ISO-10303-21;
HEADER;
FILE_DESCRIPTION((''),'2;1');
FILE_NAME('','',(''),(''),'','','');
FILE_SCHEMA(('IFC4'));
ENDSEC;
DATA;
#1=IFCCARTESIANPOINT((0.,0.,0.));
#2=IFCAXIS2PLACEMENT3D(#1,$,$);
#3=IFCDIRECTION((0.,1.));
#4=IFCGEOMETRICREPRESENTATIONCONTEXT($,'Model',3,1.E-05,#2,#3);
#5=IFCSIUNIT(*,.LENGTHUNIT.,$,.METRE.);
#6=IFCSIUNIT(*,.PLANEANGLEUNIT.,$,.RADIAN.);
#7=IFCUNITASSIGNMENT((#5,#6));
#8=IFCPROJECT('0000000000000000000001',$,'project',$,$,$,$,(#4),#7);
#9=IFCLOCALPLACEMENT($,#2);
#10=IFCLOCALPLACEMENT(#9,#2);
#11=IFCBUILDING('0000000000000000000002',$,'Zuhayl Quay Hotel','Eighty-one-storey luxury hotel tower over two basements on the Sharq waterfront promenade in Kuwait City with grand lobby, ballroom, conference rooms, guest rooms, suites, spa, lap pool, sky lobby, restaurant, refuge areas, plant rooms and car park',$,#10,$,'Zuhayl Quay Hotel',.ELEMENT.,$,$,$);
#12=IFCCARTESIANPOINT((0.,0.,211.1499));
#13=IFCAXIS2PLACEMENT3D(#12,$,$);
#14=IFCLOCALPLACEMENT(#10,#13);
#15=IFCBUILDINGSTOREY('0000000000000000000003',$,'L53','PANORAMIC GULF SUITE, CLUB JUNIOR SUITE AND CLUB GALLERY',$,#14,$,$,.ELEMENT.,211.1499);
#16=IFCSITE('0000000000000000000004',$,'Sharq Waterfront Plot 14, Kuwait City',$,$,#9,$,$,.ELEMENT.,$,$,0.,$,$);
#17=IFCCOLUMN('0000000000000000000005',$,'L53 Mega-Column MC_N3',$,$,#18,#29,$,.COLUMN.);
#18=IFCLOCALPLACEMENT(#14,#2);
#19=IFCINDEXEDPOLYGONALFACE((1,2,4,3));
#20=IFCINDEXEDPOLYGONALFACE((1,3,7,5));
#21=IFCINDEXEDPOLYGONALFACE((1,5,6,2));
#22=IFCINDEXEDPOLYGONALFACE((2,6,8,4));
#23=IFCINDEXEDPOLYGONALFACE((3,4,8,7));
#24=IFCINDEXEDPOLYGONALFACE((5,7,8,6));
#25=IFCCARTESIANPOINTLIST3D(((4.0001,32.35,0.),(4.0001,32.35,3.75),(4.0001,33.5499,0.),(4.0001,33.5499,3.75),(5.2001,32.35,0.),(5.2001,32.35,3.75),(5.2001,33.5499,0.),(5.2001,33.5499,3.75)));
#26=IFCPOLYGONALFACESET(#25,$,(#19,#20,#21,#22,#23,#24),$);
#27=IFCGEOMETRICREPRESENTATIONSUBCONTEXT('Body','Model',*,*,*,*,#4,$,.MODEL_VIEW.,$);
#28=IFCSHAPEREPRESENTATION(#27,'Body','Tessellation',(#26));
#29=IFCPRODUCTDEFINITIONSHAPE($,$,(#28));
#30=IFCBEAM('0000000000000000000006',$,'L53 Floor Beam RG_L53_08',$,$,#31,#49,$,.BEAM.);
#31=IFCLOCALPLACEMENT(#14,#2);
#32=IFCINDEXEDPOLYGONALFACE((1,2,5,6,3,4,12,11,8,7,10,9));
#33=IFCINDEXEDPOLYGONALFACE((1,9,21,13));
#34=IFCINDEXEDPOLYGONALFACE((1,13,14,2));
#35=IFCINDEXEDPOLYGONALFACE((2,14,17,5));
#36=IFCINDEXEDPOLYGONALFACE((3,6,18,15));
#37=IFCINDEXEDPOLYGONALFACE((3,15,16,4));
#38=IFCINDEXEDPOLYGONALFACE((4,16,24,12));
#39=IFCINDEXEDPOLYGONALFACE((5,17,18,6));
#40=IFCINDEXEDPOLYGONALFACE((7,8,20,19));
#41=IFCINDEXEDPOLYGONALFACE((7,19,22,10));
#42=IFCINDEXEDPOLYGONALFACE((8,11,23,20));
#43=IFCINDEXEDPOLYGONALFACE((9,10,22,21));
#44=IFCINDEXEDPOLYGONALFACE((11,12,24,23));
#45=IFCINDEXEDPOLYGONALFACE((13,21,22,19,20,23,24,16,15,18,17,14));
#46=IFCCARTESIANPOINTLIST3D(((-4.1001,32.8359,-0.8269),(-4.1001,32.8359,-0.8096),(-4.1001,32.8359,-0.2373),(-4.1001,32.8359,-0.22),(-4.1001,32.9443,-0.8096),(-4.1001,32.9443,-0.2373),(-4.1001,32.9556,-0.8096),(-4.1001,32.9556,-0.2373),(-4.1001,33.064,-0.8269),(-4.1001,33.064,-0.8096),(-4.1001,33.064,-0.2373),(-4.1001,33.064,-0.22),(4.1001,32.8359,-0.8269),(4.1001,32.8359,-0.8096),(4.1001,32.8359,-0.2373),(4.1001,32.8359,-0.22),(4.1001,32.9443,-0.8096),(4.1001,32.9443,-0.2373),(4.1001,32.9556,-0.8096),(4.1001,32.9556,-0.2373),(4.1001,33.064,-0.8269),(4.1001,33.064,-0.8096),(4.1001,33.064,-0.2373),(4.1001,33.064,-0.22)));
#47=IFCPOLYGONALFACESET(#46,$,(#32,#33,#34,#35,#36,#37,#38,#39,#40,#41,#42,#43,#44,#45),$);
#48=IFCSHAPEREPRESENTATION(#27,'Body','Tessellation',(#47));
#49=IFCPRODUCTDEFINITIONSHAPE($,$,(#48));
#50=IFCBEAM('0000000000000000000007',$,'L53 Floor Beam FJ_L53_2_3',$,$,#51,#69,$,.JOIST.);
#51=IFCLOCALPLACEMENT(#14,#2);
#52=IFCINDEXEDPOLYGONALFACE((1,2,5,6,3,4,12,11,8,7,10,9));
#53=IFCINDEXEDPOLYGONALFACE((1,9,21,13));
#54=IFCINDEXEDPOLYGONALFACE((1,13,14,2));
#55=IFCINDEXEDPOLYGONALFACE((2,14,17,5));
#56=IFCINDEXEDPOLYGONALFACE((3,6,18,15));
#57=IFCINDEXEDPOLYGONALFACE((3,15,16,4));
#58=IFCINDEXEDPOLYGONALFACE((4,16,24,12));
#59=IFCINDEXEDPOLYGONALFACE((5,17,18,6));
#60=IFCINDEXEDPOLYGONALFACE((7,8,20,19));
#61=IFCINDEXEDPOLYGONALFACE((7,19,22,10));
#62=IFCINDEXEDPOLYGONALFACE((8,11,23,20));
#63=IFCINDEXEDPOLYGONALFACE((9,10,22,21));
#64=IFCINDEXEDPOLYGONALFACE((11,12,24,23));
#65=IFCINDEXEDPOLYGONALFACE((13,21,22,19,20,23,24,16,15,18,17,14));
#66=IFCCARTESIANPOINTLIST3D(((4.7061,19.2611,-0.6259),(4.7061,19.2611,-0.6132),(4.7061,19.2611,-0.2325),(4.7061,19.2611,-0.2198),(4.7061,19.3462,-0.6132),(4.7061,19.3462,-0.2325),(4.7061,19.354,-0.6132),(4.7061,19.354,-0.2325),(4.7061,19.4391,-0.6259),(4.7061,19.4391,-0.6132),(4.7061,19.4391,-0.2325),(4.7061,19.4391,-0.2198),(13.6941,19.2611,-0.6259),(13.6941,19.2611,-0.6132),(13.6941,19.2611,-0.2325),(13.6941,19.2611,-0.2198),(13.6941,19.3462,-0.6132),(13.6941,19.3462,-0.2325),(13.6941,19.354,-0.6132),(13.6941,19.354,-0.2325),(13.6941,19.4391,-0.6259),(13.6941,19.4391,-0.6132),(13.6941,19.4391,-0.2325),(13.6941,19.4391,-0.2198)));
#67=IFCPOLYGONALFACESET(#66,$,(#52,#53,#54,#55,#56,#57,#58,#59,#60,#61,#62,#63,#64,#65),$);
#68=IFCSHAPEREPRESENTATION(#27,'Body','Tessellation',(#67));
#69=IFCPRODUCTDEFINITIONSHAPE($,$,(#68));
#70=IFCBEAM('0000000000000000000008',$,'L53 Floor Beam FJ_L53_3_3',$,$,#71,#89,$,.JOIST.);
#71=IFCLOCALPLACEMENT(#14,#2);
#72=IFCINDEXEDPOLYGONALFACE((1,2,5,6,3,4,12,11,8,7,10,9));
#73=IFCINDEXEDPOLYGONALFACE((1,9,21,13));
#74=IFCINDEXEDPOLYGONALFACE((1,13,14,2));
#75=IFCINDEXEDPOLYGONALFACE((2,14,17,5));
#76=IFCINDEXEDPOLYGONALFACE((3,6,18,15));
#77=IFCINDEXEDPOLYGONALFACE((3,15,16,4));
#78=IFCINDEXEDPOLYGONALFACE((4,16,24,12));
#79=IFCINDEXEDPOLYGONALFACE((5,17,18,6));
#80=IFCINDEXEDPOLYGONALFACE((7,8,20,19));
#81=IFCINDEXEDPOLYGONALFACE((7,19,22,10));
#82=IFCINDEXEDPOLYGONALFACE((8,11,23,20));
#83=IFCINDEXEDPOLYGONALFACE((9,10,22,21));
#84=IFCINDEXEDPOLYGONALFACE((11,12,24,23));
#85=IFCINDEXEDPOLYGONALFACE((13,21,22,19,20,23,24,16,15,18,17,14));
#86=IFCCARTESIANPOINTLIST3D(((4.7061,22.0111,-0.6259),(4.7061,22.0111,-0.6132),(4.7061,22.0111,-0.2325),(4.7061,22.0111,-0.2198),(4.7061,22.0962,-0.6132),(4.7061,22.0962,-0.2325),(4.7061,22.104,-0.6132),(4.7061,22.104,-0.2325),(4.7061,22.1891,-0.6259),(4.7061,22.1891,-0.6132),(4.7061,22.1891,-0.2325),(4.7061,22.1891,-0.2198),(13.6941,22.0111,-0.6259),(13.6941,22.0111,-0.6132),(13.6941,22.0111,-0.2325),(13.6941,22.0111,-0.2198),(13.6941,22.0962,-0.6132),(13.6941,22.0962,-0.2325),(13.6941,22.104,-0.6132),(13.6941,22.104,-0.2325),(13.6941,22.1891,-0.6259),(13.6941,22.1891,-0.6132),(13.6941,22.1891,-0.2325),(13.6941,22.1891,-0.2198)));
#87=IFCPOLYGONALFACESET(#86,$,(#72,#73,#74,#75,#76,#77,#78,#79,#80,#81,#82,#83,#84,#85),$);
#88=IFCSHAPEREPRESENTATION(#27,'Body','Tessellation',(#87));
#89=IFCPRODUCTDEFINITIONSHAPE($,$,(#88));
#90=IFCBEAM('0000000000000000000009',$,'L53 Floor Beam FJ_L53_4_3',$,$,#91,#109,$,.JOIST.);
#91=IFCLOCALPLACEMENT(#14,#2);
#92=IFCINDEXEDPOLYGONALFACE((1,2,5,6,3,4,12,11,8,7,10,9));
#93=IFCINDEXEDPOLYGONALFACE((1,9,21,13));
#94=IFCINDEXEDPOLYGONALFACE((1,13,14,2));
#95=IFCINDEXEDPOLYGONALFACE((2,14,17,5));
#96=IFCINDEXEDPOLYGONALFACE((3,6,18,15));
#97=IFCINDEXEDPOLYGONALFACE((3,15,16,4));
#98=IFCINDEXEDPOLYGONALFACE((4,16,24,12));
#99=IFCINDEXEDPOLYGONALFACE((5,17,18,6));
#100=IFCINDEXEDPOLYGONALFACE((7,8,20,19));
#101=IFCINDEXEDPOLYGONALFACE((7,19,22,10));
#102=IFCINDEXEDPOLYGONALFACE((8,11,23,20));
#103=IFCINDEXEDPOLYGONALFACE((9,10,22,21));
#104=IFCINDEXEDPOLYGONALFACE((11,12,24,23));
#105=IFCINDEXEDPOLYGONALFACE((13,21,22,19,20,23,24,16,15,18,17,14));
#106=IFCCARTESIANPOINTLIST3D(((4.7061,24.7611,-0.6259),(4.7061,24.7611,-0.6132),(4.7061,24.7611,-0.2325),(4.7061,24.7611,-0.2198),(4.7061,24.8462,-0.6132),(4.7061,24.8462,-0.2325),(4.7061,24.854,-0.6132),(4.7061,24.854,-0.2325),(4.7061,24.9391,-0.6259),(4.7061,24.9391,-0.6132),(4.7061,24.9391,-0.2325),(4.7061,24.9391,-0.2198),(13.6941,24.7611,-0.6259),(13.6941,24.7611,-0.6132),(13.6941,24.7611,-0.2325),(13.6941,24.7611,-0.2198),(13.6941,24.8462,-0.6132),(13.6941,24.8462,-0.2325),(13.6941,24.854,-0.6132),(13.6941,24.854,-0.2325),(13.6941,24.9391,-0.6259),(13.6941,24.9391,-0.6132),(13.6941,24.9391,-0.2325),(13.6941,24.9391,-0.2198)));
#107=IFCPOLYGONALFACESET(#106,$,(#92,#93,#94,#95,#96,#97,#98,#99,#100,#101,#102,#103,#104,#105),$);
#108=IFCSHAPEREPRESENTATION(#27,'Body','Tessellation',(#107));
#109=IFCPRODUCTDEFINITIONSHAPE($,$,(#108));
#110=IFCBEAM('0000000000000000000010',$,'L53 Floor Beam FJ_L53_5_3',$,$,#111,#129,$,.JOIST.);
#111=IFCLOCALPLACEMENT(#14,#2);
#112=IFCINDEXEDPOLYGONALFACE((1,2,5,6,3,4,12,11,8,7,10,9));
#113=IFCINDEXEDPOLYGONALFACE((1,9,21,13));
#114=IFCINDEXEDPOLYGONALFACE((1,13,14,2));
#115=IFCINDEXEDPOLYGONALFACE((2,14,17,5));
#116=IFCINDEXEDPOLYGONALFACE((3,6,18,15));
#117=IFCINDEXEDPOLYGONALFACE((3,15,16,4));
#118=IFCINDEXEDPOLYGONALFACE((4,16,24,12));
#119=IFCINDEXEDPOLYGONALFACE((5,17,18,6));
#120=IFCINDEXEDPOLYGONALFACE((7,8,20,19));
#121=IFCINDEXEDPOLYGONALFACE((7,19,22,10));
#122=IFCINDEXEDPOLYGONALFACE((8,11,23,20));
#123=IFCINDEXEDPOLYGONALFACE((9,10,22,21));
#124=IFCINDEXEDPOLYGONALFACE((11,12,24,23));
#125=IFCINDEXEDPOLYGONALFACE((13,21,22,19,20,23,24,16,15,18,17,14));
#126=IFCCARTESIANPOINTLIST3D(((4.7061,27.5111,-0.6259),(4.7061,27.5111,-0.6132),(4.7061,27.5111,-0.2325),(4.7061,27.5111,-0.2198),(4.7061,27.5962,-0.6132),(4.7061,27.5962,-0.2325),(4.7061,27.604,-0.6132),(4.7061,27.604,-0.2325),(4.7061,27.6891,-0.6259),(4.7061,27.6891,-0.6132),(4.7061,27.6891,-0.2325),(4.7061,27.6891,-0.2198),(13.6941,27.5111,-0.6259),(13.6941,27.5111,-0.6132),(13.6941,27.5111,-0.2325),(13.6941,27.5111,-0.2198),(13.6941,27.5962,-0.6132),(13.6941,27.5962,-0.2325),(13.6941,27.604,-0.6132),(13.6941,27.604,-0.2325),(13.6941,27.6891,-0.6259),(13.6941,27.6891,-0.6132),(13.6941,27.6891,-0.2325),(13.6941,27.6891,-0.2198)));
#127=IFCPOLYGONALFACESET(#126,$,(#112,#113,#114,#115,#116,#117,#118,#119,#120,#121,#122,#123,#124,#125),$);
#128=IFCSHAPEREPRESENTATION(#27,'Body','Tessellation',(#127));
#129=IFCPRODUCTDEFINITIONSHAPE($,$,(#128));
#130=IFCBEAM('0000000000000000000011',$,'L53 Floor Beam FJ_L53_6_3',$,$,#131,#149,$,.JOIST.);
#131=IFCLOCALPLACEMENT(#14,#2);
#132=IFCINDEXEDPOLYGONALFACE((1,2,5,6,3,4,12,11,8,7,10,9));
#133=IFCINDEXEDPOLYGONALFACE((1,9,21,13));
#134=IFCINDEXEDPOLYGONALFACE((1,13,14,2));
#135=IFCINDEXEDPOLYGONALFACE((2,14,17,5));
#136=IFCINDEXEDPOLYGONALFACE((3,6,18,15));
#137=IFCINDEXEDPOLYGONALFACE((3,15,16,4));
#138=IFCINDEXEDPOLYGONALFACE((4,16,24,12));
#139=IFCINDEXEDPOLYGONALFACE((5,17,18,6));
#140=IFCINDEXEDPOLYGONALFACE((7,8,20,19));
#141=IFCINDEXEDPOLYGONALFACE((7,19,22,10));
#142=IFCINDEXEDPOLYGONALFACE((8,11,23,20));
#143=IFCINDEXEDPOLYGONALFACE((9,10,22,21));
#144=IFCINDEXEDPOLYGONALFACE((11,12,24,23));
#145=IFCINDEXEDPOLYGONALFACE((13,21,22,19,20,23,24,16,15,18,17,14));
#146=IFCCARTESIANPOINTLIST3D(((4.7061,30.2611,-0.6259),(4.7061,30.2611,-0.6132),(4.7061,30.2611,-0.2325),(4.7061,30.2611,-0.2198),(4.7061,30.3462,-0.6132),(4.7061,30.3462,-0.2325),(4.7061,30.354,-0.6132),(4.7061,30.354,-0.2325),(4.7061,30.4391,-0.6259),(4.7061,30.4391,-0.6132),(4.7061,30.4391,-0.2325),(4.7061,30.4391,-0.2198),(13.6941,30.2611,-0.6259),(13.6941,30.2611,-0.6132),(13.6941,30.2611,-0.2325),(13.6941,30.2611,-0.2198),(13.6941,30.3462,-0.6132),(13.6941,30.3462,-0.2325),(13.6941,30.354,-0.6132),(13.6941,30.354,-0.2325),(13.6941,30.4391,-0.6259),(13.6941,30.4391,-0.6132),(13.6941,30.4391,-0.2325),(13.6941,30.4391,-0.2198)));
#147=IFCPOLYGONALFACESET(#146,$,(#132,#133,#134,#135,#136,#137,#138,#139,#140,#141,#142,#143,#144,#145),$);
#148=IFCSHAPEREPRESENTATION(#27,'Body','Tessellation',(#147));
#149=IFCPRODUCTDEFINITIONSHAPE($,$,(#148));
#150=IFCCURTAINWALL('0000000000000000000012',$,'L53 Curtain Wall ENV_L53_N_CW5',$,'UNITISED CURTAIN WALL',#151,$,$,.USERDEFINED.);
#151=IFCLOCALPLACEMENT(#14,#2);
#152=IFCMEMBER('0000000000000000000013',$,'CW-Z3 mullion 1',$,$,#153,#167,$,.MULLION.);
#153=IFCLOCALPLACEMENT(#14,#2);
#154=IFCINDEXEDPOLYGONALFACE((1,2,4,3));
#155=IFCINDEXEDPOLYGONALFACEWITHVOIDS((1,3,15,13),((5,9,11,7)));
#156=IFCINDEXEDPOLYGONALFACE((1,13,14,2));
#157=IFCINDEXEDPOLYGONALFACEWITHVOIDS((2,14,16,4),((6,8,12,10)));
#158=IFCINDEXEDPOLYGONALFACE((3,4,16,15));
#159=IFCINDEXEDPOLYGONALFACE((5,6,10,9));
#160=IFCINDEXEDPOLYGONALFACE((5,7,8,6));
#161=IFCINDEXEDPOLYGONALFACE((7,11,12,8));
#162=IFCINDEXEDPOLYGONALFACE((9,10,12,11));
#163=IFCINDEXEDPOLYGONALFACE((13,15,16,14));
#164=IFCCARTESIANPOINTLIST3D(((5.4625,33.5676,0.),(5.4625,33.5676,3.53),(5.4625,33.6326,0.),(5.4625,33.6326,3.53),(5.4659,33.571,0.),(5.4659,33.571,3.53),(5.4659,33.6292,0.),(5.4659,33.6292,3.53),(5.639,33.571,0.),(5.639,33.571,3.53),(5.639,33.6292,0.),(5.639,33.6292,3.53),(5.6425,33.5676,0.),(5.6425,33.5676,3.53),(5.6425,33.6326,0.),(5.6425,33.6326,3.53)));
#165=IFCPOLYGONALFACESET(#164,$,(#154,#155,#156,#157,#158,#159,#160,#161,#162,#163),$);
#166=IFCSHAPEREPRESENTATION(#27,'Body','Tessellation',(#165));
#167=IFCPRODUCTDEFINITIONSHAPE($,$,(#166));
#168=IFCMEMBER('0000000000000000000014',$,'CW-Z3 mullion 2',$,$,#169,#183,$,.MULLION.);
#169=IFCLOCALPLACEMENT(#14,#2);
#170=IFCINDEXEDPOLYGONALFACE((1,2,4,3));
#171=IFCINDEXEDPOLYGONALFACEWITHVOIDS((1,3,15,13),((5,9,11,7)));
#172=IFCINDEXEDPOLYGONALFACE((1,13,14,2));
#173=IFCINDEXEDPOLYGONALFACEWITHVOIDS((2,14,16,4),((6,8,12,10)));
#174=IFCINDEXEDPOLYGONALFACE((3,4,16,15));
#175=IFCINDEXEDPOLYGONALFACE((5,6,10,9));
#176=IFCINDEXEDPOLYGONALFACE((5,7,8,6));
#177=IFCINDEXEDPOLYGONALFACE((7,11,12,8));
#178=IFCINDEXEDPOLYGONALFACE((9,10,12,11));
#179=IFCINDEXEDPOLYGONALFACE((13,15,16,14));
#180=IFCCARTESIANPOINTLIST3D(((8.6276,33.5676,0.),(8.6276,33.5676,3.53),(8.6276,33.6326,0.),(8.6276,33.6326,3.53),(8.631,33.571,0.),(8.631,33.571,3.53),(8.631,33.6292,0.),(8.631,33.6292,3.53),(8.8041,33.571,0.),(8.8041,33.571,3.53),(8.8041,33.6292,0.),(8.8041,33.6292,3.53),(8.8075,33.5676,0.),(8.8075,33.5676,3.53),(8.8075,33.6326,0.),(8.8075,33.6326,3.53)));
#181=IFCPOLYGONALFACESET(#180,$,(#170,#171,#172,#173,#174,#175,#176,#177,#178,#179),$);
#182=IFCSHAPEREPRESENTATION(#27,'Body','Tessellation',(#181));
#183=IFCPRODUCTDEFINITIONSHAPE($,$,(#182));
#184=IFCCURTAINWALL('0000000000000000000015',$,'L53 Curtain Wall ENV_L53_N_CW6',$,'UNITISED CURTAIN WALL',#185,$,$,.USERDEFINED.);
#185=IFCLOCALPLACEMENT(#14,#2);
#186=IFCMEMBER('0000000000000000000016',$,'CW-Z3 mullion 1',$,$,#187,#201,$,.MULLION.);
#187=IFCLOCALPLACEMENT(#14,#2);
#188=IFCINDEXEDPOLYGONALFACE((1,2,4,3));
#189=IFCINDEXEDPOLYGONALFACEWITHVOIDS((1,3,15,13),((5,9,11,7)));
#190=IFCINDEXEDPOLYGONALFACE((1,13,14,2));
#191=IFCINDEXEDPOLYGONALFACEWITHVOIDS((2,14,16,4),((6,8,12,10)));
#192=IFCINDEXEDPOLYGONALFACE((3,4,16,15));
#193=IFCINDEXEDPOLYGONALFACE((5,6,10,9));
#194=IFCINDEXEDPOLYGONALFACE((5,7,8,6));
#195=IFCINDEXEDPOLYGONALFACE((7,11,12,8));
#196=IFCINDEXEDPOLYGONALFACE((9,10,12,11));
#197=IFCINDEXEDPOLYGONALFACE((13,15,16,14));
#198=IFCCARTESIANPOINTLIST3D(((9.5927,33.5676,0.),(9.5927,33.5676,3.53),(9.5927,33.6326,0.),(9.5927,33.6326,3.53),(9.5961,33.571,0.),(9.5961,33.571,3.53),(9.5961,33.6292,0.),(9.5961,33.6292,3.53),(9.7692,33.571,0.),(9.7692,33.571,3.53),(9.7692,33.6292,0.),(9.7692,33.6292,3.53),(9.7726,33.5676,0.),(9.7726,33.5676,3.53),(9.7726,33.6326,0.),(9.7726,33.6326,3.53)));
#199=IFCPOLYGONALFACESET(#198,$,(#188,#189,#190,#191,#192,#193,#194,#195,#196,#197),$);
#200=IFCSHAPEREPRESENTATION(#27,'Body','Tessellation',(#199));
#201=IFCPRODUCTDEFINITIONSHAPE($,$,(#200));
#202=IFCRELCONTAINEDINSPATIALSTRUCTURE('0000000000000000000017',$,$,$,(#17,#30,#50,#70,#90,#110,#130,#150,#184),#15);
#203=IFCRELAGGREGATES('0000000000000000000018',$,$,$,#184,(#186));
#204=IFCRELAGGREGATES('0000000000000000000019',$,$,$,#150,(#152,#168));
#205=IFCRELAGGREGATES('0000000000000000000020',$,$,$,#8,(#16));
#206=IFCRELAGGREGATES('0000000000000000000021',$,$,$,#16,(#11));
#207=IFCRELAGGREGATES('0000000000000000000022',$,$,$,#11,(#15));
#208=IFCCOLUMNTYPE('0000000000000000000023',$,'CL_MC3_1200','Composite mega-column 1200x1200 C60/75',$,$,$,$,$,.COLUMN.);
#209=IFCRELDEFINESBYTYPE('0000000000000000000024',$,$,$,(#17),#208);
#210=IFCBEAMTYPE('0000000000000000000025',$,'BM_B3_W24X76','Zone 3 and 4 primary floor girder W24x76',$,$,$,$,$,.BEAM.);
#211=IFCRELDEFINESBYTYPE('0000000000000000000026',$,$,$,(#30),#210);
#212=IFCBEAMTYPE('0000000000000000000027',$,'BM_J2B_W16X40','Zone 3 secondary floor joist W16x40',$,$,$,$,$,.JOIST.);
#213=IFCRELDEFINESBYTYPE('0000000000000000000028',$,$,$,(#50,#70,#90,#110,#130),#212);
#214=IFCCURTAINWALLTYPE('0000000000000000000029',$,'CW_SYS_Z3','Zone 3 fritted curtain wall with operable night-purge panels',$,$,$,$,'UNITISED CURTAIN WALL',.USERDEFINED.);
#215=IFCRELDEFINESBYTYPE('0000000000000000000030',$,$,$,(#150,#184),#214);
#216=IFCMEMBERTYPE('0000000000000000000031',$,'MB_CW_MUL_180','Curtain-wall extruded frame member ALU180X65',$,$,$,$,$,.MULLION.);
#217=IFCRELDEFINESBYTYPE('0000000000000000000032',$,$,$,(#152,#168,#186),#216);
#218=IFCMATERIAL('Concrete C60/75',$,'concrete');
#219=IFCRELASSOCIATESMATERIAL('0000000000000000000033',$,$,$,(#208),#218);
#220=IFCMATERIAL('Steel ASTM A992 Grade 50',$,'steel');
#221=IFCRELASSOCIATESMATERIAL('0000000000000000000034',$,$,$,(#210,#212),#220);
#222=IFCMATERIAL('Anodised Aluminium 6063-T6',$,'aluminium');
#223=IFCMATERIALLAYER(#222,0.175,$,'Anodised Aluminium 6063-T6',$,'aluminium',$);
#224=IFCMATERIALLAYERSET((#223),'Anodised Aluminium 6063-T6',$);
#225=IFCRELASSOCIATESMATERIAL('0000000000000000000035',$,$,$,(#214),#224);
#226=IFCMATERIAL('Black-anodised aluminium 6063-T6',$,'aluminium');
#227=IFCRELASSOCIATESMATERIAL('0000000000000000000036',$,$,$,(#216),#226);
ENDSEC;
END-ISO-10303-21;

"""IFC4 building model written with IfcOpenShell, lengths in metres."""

from ifc_helpers import new_model, si_unit, direction, frame, origin, origin_2d, place, context, subcontext, project, spatial, rectangle, hollow_rectangle, i_section, extrude, material, layer, layer_set, material_profile, profile_set, type_object, element, aggregate, save


model = new_model("IFC4")

# Units and contexts
model_context = context("Model", 3, precision=1e-05, world=origin(), true_north=direction((0.0, 1.0)))
body_context = subcontext(model_context, "Body", "Model", "MODEL_VIEW")
ifc_project = project(units=[si_unit("LENGTHUNIT", "METRE"), si_unit("PLANEANGLEUNIT", "RADIAN")], contexts=[model_context])

# Site, building, storey
site_placement = place(None, origin())
site = spatial("IfcSite", under=ifc_project, at=site_placement, Name="Sharq Waterfront Plot 14, Kuwait City", CompositionType="ELEMENT", RefElevation=0.0)
building_placement = place(site_placement, origin())
building = spatial("IfcBuilding", under=site, at=building_placement, Name="Zuhayl Quay Hotel", Description="Eighty-one-storey luxury hotel tower over two basements on the Sharq waterfront promenade in Kuwait City with grand lobby, ballroom, conference rooms, guest rooms, suites, spa, lap pool, sky lobby, restaurant, refuge areas, plant rooms and car park", LongName="Zuhayl Quay Hotel", CompositionType="ELEMENT")
storey_placement = place(building_placement, frame((0.0, 0.0, 211.1499)))
storey = spatial("IfcBuildingStorey", under=building, at=storey_placement, Name="L53", Description="PANORAMIC GULF SUITE, CLUB JUNIOR SUITE AND CLUB GALLERY", CompositionType="ELEMENT", Elevation=211.1499)

# Column
ifc_material_1 = material(Name="Concrete C60/75", Category="concrete")
ifc_material_profile_1 = material_profile(ifc_material_1, rectangle(XDim=1.2, YDim=1.2, at=origin_2d()), Name="RC1200X1200")
ifc_profile_set_1 = profile_set([ifc_material_profile_1], Name="Concrete C60/75")
column_type = type_object("IfcColumnType", Name="CL_MC3_1200", Description="Composite mega-column 1200x1200 C60/75", PredefinedType="COLUMN", material=ifc_profile_set_1)
column_placement = place(storey_placement, frame((4.6001, 32.95, 0.0), z_axis=(0.0, 0.0, 1.0), x_axis=(1.0, 0.0, 0.0)))
element("IfcColumn", 1, at=column_placement, inside=storey, type_object=column_type, Name="L53 Mega-Column MC_N3", PredefinedType="COLUMN", context=body_context, shape_type="SweptSolid", body=[
    extrude(rectangle(XDim=1.2, YDim=1.2, at=origin_2d()), origin(), (0.0, 0.0, 1.0), 3.75),
])

# Beams
ifc_material_2 = material(Name="Steel ASTM A992 Grade 50", Category="steel")
ifc_material_profile_2 = material_profile(ifc_material_2, i_section(OverallWidth=0.228, OverallDepth=0.6069, WebThickness=0.0112, FlangeThickness=0.0173, at=origin_2d()), Name="W24X76")
ifc_profile_set_2 = profile_set([ifc_material_profile_2], Name="Steel ASTM A992 Grade 50")
beam_type_1 = type_object("IfcBeamType", Name="BM_B3_W24X76", Description="Zone 3 and 4 primary floor girder W24x76", PredefinedType="BEAM", material=ifc_profile_set_2)
beam_placement = place(storey_placement, frame((4.1001, 32.95, -0.5234), z_axis=(-1.0, 0.0, 0.0), x_axis=(0.0, -1.0, 0.0)))
element("IfcBeam", 2, at=beam_placement, inside=storey, type_object=beam_type_1, Name="L53 Floor Beam RG_L53_08", PredefinedType="BEAM", context=body_context, shape_type="SweptSolid", body=[
    extrude(i_section(OverallWidth=0.228, OverallDepth=0.6069, WebThickness=0.0112, FlangeThickness=0.0173, at=origin_2d()), origin(), (0.0, 0.0, 1.0), 8.2002),
])
ifc_material_profile_3 = material_profile(ifc_material_2, i_section(OverallWidth=0.178, OverallDepth=0.406, WebThickness=0.0078, FlangeThickness=0.0127, at=origin_2d()), Name="W16X40")
ifc_profile_set_3 = profile_set([ifc_material_profile_3], Name="Steel ASTM A992 Grade 50")
beam_type_2 = type_object("IfcBeamType", Name="BM_J2B_W16X40", Description="Zone 3 secondary floor joist W16x40", PredefinedType="JOIST", material=ifc_profile_set_3)
for number, where, z_axis, x_axis, name in (
    (3, (4.7061, 19.3501, -0.4229), (1.0, 0.0, 0.0), (0.0, 1.0, 0.0), "L53 Floor Beam FJ_L53_2_3"),
    (4, (4.7061, 22.1001, -0.4229), (1.0, 0.0, 0.0), (0.0, 1.0, 0.0), "L53 Floor Beam FJ_L53_3_3"),
    (5, (4.7061, 24.8501, -0.4229), (1.0, 0.0, 0.0), (0.0, 1.0, 0.0), "L53 Floor Beam FJ_L53_4_3"),
    (6, (4.7061, 27.6001, -0.4229), (1.0, 0.0, 0.0), (0.0, 1.0, 0.0), "L53 Floor Beam FJ_L53_5_3"),
    (7, (4.7061, 30.3501, -0.4229), (1.0, 0.0, 0.0), (0.0, 1.0, 0.0), "L53 Floor Beam FJ_L53_6_3"),
):
    element("IfcBeam", number, at=place(storey_placement, frame(where, z_axis=z_axis, x_axis=x_axis)), inside=storey, type_object=beam_type_2, Name=name, PredefinedType="JOIST", context=body_context, shape_type="SweptSolid", body=[
        extrude(i_section(OverallWidth=0.178, OverallDepth=0.406, WebThickness=0.0078, FlangeThickness=0.0127, at=origin_2d()), origin(), (0.0, 0.0, 1.0), 8.988),
    ])

# Curtain wall, members
ifc_material_3 = material(Name="Anodised Aluminium 6063-T6", Category="aluminium")
ifc_layer_1 = layer(ifc_material_3, 0.175, Name="Anodised Aluminium 6063-T6", Category="aluminium")
ifc_layer_set_1 = layer_set([ifc_layer_1], Name="Anodised Aluminium 6063-T6")
curtain_wall_type = type_object("IfcCurtainWallType", Name="CW_SYS_Z3", Description="Zone 3 fritted curtain wall with operable night-purge panels", ElementType="UNITISED CURTAIN WALL", PredefinedType="USERDEFINED", material=ifc_layer_set_1)
curtain_wall_1_placement = place(storey_placement, origin())
curtain_wall_1 = element("IfcCurtainWall", 8, at=curtain_wall_1_placement, inside=storey, type_object=curtain_wall_type, Name="L53 Curtain Wall ENV_L53_N_CW5", ObjectType="UNITISED CURTAIN WALL", PredefinedType="USERDEFINED")
ifc_material_4 = material(Name="Black-anodised aluminium 6063-T6", Category="aluminium")
ifc_material_profile_4 = material_profile(ifc_material_4, hollow_rectangle(XDim=0.0649, YDim=0.1799, WallThickness=0.0034, at=origin_2d()), Name="ALU180X65")
ifc_profile_set_4 = profile_set([ifc_material_profile_4], Name="Black-anodised aluminium 6063-T6")
member_type_1 = type_object("IfcMemberType", Name="MB_CW_MUL_180", Description="Curtain-wall extruded frame member ALU180X65", PredefinedType="MULLION", material=ifc_profile_set_4)
member_1_placement = place(storey_placement, frame((5.5525, 33.6001, 0.0), z_axis=(0.0, 0.0, 1.0), x_axis=(0.0, 1.0, 0.0)))
member_1 = element("IfcMember", 9, at=member_1_placement, type_object=member_type_1, Name="CW-Z3 mullion 1", PredefinedType="MULLION", context=body_context, shape_type="SweptSolid", body=[
    extrude(hollow_rectangle(XDim=0.0649, YDim=0.1799, WallThickness=0.0034, at=origin_2d()), origin(), (0.0, 0.0, 1.0), 3.53),
])
member_2_placement = place(storey_placement, frame((8.7175, 33.6001, 0.0), z_axis=(0.0, 0.0, 1.0), x_axis=(0.0, 1.0, 0.0)))
member_2 = element("IfcMember", 10, at=member_2_placement, type_object=member_type_1, Name="CW-Z3 mullion 2", PredefinedType="MULLION", context=body_context, shape_type="SweptSolid", body=[
    extrude(hollow_rectangle(XDim=0.0649, YDim=0.1799, WallThickness=0.0034, at=origin_2d()), origin(), (0.0, 0.0, 1.0), 3.53),
])

# Curtain wall, member
curtain_wall_2_placement = place(storey_placement, origin())
curtain_wall_2 = element("IfcCurtainWall", 11, at=curtain_wall_2_placement, inside=storey, type_object=curtain_wall_type, Name="L53 Curtain Wall ENV_L53_N_CW6", ObjectType="UNITISED CURTAIN WALL", PredefinedType="USERDEFINED")
member_3_placement = place(storey_placement, frame((9.6826, 33.6001, 0.0), z_axis=(0.0, 0.0, 1.0), x_axis=(0.0, 1.0, 0.0)))
member_3 = element("IfcMember", 12, at=member_3_placement, type_object=member_type_1, Name="CW-Z3 mullion 1", PredefinedType="MULLION", context=body_context, shape_type="SweptSolid", body=[
    extrude(hollow_rectangle(XDim=0.0649, YDim=0.1799, WallThickness=0.0034, at=origin_2d()), origin(), (0.0, 0.0, 1.0), 3.53),
])

aggregate(curtain_wall_2, [member_3])

aggregate(curtain_wall_1, [member_1, member_2])

save(model, "model.ifc")
